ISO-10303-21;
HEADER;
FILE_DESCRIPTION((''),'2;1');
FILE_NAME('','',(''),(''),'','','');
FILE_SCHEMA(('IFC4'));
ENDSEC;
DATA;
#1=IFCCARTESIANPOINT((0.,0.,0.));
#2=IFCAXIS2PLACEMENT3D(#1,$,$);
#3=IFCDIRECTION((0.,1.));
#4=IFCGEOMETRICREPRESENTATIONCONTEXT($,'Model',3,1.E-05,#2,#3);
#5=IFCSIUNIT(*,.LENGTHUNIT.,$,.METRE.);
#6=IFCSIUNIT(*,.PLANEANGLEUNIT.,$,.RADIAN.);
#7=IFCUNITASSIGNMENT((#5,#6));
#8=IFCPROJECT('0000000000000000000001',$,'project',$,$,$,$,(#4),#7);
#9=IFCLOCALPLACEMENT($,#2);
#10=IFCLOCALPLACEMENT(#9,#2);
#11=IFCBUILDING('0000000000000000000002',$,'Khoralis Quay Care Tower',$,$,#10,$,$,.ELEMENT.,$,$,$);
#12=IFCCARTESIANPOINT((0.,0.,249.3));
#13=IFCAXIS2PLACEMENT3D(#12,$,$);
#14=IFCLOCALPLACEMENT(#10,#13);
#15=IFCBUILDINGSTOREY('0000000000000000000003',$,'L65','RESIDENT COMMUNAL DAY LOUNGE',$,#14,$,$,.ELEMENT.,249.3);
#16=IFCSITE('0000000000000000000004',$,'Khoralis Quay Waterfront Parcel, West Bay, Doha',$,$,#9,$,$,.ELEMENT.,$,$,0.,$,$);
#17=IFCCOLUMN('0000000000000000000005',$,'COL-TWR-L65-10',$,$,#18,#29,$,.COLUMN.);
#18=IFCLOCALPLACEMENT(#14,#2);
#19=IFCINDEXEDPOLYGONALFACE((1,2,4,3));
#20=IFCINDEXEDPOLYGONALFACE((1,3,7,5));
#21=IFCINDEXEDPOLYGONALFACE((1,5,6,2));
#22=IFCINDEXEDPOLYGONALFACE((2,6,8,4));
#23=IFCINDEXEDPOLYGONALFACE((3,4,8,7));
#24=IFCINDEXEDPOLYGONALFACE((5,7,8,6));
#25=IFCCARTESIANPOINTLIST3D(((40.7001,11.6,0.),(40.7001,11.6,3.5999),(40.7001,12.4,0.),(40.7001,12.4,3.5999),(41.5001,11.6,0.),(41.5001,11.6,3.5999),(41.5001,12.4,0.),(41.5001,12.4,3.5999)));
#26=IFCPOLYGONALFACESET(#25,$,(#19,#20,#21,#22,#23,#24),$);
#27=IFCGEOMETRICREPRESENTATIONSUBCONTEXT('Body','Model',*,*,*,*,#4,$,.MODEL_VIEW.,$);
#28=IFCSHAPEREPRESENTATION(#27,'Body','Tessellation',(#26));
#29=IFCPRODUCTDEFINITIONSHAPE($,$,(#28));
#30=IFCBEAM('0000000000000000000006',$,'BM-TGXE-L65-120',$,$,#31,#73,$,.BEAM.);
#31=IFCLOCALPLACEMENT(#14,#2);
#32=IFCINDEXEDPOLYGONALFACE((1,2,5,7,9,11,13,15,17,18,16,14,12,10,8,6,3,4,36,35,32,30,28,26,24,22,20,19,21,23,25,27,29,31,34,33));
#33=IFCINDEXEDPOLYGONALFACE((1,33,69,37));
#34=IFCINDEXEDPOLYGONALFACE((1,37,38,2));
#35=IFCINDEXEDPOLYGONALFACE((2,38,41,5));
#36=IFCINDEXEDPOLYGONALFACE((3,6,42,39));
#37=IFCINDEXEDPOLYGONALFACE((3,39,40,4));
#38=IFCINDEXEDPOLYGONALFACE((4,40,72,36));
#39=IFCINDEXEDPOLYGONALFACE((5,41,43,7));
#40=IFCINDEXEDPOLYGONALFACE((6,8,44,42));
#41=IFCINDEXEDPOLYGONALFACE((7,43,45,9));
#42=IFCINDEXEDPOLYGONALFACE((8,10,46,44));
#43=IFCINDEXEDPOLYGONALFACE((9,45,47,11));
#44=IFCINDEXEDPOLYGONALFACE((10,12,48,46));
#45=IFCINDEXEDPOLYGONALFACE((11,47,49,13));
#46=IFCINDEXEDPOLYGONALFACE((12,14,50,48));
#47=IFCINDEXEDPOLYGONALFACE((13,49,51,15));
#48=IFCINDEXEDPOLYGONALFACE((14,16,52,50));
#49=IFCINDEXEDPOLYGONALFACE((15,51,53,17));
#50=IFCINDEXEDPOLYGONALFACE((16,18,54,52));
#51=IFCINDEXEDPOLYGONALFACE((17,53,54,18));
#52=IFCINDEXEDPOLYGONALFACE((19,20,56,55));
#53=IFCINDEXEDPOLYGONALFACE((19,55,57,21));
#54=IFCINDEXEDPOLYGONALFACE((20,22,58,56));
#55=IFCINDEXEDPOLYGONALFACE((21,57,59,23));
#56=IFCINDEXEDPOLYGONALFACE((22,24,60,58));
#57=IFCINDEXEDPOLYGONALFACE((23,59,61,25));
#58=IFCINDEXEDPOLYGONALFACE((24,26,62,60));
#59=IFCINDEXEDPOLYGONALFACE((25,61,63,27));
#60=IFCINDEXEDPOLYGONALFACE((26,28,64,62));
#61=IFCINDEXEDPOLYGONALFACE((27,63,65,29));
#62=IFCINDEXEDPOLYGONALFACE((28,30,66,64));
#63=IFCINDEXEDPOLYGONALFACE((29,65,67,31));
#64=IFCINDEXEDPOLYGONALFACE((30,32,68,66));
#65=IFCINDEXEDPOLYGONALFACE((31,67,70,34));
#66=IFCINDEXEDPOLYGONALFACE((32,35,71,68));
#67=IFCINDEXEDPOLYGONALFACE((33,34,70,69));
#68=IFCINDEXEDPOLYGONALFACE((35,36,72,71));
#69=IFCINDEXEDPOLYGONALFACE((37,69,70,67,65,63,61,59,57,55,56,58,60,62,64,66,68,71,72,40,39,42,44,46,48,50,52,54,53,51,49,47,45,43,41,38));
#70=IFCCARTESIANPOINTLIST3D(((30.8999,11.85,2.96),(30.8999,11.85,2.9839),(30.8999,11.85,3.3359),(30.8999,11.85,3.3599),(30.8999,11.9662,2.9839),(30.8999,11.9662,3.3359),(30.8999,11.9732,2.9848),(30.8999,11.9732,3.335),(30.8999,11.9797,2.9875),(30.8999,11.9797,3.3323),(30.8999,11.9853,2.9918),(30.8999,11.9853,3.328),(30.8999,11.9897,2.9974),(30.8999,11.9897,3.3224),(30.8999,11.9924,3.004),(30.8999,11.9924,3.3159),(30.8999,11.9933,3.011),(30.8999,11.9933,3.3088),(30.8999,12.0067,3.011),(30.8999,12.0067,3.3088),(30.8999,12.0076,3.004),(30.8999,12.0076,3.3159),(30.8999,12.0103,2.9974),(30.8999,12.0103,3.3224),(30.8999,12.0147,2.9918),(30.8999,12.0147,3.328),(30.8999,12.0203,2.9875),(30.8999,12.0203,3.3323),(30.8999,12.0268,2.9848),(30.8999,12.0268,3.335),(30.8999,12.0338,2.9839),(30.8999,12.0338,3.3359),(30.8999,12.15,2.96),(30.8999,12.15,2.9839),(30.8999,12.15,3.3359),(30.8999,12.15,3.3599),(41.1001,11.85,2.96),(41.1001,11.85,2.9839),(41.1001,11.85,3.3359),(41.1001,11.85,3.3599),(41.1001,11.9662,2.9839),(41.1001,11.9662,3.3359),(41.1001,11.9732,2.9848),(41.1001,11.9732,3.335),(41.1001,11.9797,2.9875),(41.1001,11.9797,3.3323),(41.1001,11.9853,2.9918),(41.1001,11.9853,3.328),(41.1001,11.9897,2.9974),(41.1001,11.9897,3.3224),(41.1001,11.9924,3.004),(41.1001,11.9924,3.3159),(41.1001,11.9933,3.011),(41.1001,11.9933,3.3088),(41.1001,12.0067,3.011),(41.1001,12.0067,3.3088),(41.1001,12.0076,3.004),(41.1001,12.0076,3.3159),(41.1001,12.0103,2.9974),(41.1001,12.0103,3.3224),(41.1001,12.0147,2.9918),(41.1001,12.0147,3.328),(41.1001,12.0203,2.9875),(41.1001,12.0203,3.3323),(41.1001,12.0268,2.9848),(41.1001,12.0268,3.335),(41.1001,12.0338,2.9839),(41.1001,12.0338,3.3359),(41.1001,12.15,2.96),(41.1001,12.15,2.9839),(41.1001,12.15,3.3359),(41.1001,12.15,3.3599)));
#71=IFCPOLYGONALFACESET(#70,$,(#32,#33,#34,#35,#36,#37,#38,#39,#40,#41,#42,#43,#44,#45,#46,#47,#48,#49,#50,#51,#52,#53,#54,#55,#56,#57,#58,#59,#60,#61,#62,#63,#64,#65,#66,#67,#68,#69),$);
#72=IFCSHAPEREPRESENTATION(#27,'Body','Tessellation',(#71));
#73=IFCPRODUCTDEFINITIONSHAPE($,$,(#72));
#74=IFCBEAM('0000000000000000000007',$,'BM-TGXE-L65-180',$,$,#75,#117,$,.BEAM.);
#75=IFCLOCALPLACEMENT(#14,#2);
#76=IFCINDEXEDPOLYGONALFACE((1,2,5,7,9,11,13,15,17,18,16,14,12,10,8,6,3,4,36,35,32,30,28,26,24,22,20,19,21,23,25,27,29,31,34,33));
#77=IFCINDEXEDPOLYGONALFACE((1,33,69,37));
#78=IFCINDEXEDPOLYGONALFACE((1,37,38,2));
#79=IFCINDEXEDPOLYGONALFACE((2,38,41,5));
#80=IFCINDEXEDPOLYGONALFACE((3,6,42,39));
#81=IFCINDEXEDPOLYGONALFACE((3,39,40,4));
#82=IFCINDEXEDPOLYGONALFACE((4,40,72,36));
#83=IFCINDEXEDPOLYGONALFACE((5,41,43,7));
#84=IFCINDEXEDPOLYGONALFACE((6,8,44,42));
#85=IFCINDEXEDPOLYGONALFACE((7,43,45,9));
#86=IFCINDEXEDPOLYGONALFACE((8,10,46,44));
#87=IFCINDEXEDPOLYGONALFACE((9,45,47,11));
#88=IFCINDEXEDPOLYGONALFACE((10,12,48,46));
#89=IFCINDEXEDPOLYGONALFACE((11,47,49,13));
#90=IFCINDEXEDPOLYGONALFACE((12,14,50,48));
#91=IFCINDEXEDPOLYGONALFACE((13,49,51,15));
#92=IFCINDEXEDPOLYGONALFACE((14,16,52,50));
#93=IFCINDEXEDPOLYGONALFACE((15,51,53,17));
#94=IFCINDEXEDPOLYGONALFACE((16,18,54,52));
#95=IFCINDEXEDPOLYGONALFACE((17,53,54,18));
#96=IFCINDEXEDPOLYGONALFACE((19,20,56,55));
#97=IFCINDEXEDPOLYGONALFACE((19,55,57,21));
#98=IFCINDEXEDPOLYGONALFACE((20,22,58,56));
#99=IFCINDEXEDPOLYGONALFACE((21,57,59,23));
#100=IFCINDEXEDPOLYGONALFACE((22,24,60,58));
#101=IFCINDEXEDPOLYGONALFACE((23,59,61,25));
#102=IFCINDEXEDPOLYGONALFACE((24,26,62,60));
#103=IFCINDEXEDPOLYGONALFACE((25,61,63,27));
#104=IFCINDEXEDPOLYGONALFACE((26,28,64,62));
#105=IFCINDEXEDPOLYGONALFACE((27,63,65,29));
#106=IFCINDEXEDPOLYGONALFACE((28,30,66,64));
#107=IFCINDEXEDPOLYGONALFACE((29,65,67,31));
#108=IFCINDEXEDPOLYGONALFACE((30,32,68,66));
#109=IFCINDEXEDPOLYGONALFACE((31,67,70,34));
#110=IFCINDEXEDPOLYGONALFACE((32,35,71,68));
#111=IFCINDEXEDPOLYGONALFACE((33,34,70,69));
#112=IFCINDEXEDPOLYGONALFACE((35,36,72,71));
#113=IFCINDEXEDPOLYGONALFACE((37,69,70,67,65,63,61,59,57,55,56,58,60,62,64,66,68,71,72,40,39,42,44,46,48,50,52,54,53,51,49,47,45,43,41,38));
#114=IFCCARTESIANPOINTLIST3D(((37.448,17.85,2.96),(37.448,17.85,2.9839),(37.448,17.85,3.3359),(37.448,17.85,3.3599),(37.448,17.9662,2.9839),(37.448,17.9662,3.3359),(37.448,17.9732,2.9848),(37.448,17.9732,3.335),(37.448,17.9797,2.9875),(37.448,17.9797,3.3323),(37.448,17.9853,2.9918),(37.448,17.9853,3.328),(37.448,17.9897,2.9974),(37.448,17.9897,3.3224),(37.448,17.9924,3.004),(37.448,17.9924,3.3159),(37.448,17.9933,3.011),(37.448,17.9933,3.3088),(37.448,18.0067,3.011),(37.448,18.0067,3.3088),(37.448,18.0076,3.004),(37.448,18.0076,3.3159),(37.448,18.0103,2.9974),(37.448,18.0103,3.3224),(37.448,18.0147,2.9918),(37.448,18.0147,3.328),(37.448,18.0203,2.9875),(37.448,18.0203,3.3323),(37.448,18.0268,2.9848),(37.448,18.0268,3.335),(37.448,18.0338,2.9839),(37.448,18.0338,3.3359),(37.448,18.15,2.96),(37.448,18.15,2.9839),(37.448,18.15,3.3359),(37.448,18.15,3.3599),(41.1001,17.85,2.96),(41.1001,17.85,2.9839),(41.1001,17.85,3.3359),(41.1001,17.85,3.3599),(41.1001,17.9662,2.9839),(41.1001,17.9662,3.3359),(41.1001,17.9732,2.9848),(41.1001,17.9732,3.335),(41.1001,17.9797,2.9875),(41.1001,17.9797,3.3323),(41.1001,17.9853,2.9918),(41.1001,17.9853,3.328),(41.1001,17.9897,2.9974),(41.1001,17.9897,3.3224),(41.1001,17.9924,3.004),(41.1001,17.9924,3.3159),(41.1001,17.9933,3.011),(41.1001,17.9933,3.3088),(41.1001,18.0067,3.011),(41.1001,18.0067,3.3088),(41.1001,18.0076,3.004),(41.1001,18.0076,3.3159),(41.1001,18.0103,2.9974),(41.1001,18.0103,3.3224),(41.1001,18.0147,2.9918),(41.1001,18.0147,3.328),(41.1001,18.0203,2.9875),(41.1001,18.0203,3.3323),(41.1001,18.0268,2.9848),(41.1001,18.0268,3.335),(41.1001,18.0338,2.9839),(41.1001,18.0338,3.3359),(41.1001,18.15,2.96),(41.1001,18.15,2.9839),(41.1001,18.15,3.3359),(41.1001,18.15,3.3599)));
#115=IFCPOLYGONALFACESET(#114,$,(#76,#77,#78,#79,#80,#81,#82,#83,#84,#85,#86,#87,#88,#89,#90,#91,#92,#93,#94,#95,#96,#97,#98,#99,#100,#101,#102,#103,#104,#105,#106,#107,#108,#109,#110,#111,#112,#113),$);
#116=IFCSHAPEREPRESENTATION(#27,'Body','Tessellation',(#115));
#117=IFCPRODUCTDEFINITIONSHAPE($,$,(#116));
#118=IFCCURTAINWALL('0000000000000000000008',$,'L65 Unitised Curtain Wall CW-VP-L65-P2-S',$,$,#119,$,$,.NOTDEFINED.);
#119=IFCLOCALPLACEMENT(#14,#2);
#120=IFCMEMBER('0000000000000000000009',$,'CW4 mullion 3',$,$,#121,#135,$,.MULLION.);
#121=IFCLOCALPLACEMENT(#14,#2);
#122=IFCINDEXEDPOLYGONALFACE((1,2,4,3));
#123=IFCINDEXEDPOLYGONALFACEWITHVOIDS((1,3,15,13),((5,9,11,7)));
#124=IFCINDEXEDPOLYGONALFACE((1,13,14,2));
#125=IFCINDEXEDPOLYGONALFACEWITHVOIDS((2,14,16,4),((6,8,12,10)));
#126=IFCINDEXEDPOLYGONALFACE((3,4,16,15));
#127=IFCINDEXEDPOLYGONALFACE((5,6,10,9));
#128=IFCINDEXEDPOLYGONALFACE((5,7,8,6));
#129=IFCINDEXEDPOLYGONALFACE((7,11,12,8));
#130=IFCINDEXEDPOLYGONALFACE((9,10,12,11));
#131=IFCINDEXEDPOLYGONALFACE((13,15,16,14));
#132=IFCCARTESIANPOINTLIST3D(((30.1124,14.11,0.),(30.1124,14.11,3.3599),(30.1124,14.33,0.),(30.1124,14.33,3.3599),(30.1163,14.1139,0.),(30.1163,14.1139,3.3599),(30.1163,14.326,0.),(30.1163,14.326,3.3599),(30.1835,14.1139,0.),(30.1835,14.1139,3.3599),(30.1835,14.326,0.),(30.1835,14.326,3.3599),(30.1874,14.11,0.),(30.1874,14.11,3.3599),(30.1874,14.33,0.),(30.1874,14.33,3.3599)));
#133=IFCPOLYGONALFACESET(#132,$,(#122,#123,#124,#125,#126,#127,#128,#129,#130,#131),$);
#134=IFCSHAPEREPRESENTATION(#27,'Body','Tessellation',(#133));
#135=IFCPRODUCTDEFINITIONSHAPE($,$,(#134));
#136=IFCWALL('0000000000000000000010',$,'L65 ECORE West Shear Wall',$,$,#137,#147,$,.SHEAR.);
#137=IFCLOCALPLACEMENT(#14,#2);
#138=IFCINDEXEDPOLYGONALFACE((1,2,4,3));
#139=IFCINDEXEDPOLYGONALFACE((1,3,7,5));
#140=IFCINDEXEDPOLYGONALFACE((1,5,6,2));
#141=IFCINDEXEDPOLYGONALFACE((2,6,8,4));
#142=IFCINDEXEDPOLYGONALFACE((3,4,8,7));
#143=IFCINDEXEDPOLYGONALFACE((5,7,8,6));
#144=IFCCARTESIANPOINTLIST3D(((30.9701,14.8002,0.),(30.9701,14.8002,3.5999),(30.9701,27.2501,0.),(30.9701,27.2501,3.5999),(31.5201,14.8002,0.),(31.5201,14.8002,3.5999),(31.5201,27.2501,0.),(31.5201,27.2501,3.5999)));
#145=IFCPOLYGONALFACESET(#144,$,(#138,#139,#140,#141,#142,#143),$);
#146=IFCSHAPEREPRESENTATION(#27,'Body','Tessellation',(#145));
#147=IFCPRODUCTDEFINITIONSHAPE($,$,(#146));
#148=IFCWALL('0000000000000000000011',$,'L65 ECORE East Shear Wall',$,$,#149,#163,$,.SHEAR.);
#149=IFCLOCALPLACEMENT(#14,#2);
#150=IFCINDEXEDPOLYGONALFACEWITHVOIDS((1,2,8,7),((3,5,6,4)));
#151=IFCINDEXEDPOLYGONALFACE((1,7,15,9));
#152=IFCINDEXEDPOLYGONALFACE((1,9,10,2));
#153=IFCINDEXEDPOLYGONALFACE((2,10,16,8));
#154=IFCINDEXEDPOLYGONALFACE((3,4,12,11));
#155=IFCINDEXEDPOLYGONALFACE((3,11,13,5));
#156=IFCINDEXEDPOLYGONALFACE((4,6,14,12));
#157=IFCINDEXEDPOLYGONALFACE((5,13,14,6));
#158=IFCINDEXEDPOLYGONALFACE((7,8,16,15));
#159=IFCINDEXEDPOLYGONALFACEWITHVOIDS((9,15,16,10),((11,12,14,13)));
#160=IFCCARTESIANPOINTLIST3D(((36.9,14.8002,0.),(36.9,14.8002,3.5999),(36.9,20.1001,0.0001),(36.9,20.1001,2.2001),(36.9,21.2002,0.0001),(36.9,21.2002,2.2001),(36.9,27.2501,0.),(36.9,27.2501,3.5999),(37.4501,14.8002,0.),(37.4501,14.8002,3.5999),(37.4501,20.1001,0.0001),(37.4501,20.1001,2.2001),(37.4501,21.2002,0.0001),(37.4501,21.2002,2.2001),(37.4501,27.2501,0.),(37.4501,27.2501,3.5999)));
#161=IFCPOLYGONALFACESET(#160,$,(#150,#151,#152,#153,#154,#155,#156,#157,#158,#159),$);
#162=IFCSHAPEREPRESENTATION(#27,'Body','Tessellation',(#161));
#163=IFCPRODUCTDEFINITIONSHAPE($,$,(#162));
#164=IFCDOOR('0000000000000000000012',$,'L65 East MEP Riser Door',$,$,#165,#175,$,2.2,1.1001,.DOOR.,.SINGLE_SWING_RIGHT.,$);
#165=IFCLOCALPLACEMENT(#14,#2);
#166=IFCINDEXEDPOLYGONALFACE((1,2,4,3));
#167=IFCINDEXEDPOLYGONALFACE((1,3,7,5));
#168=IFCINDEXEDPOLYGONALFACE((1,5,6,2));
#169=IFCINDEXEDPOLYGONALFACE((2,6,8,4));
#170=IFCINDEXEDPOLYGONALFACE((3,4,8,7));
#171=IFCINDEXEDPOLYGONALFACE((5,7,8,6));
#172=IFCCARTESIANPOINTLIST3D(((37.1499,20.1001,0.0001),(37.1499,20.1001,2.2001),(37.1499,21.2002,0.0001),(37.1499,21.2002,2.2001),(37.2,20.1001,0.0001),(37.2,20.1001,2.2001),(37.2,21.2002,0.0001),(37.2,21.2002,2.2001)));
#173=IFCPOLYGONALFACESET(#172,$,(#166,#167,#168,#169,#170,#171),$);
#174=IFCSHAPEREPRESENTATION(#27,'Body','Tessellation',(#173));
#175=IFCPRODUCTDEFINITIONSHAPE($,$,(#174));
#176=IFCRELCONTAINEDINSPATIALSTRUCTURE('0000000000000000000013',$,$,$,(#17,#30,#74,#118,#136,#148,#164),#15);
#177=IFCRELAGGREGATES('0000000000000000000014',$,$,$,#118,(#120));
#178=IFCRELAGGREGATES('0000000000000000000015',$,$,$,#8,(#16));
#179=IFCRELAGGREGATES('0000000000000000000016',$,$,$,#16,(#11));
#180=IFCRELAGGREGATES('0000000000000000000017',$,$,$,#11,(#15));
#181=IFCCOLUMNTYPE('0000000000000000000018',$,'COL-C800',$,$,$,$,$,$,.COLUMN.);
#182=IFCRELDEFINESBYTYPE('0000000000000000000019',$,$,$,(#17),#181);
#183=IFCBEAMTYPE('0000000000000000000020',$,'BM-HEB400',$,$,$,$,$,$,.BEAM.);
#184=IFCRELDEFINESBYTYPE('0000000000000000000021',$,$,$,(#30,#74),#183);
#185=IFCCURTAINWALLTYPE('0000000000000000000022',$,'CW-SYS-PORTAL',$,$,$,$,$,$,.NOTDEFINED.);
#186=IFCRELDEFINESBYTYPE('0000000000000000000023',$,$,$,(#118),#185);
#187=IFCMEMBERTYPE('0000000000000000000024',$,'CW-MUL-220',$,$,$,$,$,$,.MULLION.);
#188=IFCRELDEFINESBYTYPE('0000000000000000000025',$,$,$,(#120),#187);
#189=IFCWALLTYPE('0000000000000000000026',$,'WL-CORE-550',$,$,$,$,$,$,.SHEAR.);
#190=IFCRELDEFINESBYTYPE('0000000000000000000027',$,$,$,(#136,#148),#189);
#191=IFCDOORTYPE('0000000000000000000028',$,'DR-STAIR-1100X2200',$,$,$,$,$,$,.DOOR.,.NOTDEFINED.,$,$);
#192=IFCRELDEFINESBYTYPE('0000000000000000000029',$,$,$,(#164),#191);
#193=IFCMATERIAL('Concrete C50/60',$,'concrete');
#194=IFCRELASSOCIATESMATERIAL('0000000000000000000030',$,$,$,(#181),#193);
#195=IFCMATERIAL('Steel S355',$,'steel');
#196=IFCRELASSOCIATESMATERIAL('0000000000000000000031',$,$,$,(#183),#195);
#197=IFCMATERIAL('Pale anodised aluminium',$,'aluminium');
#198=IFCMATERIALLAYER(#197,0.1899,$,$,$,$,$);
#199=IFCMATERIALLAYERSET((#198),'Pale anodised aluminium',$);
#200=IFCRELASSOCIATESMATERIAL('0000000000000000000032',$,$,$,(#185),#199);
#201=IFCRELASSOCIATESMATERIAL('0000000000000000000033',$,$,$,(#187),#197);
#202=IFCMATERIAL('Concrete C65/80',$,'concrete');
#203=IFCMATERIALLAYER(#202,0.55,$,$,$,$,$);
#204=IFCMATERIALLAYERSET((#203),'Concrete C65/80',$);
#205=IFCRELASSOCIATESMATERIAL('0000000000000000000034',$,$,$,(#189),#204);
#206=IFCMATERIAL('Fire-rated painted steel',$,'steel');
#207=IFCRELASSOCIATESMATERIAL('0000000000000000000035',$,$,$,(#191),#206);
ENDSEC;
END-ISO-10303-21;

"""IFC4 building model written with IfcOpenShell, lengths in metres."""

from ifc_helpers import new_model, si_unit, direction, frame, frame_2d, origin, origin_2d, place, context, subcontext, project, spatial, rectangle, hollow_rectangle, i_section, extrude, source, transform, mapped, material, layer, layer_set, material_profile, profile_set, type_object, element, fill, aggregate, save


model = new_model("IFC4")

# Units and contexts
model_context = context("Model", 3, precision=1e-05, world=origin(), true_north=direction((0.0, 1.0)))
body_context = subcontext(model_context, "Body", "Model", "MODEL_VIEW")
ifc_project = project(units=[si_unit("LENGTHUNIT", "METRE"), si_unit("PLANEANGLEUNIT", "RADIAN")], contexts=[model_context])

# Site, building, storey
site_placement = place(None, origin())
site = spatial("IfcSite", under=ifc_project, at=site_placement, Name="Khoralis Quay Waterfront Parcel, West Bay, Doha", CompositionType="ELEMENT", RefElevation=0.0)
building_placement = place(site_placement, origin())
building = spatial("IfcBuilding", under=site, at=building_placement, Name="Khoralis Quay Care Tower", CompositionType="ELEMENT")
storey_placement = place(building_placement, frame((0.0, 0.0, 249.3)))
storey = spatial("IfcBuildingStorey", under=building, at=storey_placement, Name="L65", Description="RESIDENT COMMUNAL DAY LOUNGE", CompositionType="ELEMENT", Elevation=249.3)

# Column
ifc_material_1 = material(Name="Concrete C50/60", Category="concrete")
ifc_material_profile_1 = material_profile(ifc_material_1, rectangle(XDim=0.8, YDim=0.8, at=origin_2d()), Name="Concrete C50/60")
ifc_profile_set_1 = profile_set([ifc_material_profile_1], Name="Concrete C50/60")
column_type = type_object("IfcColumnType", Name="COL-C800", PredefinedType="COLUMN", material=ifc_profile_set_1)
shared_shape_1 = source(origin(), body_context, "Body", "SweptSolid", [
    extrude(rectangle(XDim=0.8, YDim=0.8, at=origin_2d()), origin(), (0.0, 0.0, 1.0), 3.5999),
])
column_placement = place(storey_placement, frame((41.1001, 12.0, 0.0), z_axis=(0.0, 0.0, 1.0), x_axis=(1.0, 0.0, 0.0)))
element("IfcColumn", 1, at=column_placement, inside=storey, type_object=column_type, Name="COL-TWR-L65-10", PredefinedType="COLUMN", context=body_context, shape_type="MappedRepresentation", body=[
    mapped(shared_shape_1, transform((0.0, 0.0, 0.0), scale=1.0)),
])

# Beams
ifc_material_2 = material(Name="Steel S355", Category="steel")
ifc_material_profile_2 = material_profile(ifc_material_2, i_section(OverallWidth=0.3, OverallDepth=0.3999, WebThickness=0.0134, FlangeThickness=0.0239, FilletRadius=0.0271, at=origin_2d()), Name="Steel S355")
ifc_profile_set_2 = profile_set([ifc_material_profile_2], Name="Steel S355")
beam_type = type_object("IfcBeamType", Name="BM-HEB400", PredefinedType="BEAM", material=ifc_profile_set_2)
shared_shape_2 = source(origin(), body_context, "Body", "SweptSolid", [
    extrude(i_section(OverallWidth=0.3, OverallDepth=0.3999, WebThickness=0.0134, FlangeThickness=0.0239, FilletRadius=0.0271, at=origin_2d()), origin(), (0.0, 0.0, 1.0), 10.2002),
])
beam_1_placement = place(storey_placement, frame((30.8999, 12.0, 3.1599), z_axis=(1.0, 0.0, 0.0), x_axis=(0.0, 1.0, 0.0)))
element("IfcBeam", 2, at=beam_1_placement, inside=storey, type_object=beam_type, Name="BM-TGXE-L65-120", PredefinedType="BEAM", context=body_context, shape_type="MappedRepresentation", body=[
    mapped(shared_shape_2, transform((0.0, 0.0, 0.0), scale=1.0)),
])
shared_shape_3 = source(origin(), body_context, "Body", "SweptSolid", [
    extrude(i_section(OverallWidth=0.3, OverallDepth=0.3999, WebThickness=0.0134, FlangeThickness=0.0239, FilletRadius=0.0271, at=origin_2d()), origin(), (0.0, 0.0, 1.0), 3.6521),
])
beam_2_placement = place(storey_placement, frame((37.448, 18.0, 3.1599), z_axis=(1.0, 0.0, 0.0), x_axis=(0.0, 1.0, 0.0)))
element("IfcBeam", 3, at=beam_2_placement, inside=storey, type_object=beam_type, Name="BM-TGXE-L65-180", PredefinedType="BEAM", context=body_context, shape_type="MappedRepresentation", body=[
    mapped(shared_shape_3, transform((0.0, 0.0, 0.0), scale=1.0)),
])

# Curtain wall, member
ifc_material_3 = material(Name="Pale anodised aluminium", Category="aluminium")
ifc_layer_1 = layer(ifc_material_3, 0.1899)
ifc_layer_set_1 = layer_set([ifc_layer_1], Name="Pale anodised aluminium")
curtain_wall_type = type_object("IfcCurtainWallType", Name="CW-SYS-PORTAL", PredefinedType="NOTDEFINED", material=ifc_layer_set_1)
curtain_wall_placement = place(storey_placement, origin())
curtain_wall = element("IfcCurtainWall", 4, at=curtain_wall_placement, inside=storey, type_object=curtain_wall_type, Name="L65 Unitised Curtain Wall CW-VP-L65-P2-S", PredefinedType="NOTDEFINED")
ifc_material_profile_3 = material_profile(ifc_material_3, hollow_rectangle(XDim=0.075, YDim=0.22, WallThickness=0.0039, at=origin_2d()), Name="Pale anodised aluminium")
ifc_profile_set_3 = profile_set([ifc_material_profile_3], Name="Pale anodised aluminium")
member_type = type_object("IfcMemberType", Name="CW-MUL-220", PredefinedType="MULLION", material=ifc_profile_set_3)
shared_shape_4 = source(origin(), body_context, "Body", "SweptSolid", [
    extrude(hollow_rectangle(XDim=0.075, YDim=0.22, WallThickness=0.0039, at=origin_2d()), origin(), (0.0, 0.0, 1.0), 3.3599),
])
member_placement = place(storey_placement, frame((30.1499, 14.22, 0.0), z_axis=(0.0, 0.0, 1.0), x_axis=(-1.0, 0.0, 0.0)))
member = element("IfcMember", 5, at=member_placement, type_object=member_type, Name="CW4 mullion 3", PredefinedType="MULLION", context=body_context, shape_type="MappedRepresentation", body=[
    mapped(shared_shape_4, transform((0.0, 0.0, 0.0), scale=1.0)),
])
aggregate(curtain_wall, [member])

# Wall
ifc_material_4 = material(Name="Concrete C65/80", Category="concrete")
ifc_layer_2 = layer(ifc_material_4, 0.55)
ifc_layer_set_2 = layer_set([ifc_layer_2], Name="Concrete C65/80")
wall_type_1 = type_object("IfcWallType", Name="WL-CORE-550", PredefinedType="SHEAR", material=ifc_layer_set_2)
wall_1_placement = place(storey_placement, frame((31.2451, 14.8, 0.0), z_axis=(0.0, 0.0, 1.0), x_axis=(0.0, 1.0, 0.0)))
element("IfcWall", 6, at=wall_1_placement, inside=storey, type_object=wall_type_1, Name="L65 ECORE West Shear Wall", PredefinedType="SHEAR", context=body_context, shape_type="SweptSolid", body=[
    extrude(rectangle(XDim=12.45, YDim=0.55, at=frame_2d((6.2251, 0.0))), origin(), (0.0, 0.0, 1.0), 3.5999),
])

# Wall, opening, door
wall_2_placement = place(storey_placement, frame((37.175, 14.8, 0.0), z_axis=(0.0, 0.0, 1.0), x_axis=(0.0, 1.0, 0.0)))
wall_2 = element("IfcWall", 7, at=wall_2_placement, inside=storey, type_object=wall_type_1, Name="L65 ECORE East Shear Wall", PredefinedType="SHEAR", context=body_context, shape_type="SweptSolid", body=[
    extrude(rectangle(XDim=12.45, YDim=0.55, at=frame_2d((6.2251, 0.0))), origin(), (0.0, 0.0, 1.0), 3.5999),
])
opening_1_placement = place(wall_2_placement, frame((5.3, 0.0, 0.0)))
opening_1 = element("IfcOpeningElement", 8, at=opening_1_placement, cuts=wall_2, PredefinedType="OPENING", context=body_context, shape_type="SweptSolid", body=[
    extrude(rectangle(XDim=1.1001, YDim=2.2, at=frame_2d((0.55, 1.1001))), frame((0.0, 0.2852, 0.0), z_axis=(0.0, -1.0, 0.0), x_axis=(1.0, 0.0, 0.0)), (0.0, 0.0, 1.0), 0.5701),
])
ifc_material_5 = material(Name="Fire-rated painted steel", Category="steel")
door_type_1 = type_object("IfcDoorType", Name="DR-STAIR-1100X2200", OperationType="NOTDEFINED", PredefinedType="DOOR", material=ifc_material_5)
shared_shape_5 = source(origin(), body_context, "Body", "SweptSolid", [
    extrude(rectangle(XDim=1.1001, YDim=2.2, at=frame_2d((0.55, 1.1001))), frame((0.0, 0.0249, 0.0), z_axis=(0.0, -1.0, 0.0), x_axis=(1.0, 0.0, 0.0)), (0.0, 0.0, 1.0), 0.05),
])
door_1_placement = place(opening_1_placement, frame((1.1001, 0.0, 0.0), z_axis=(0.0, 0.0, 1.0), x_axis=(-1.0, 0.0, 0.0)))
door_1 = element("IfcDoor", 9, at=door_1_placement, inside=storey, type_object=door_type_1, Name="L65 East MEP Riser Door", OperationType="SINGLE_SWING_RIGHT", OverallHeight=2.2, OverallWidth=1.1001, PredefinedType="DOOR", context=body_context, shape_type="MappedRepresentation", body=[
    mapped(shared_shape_5, transform((0.0, 0.0, 0.0), scale=1.0)),
])
fill(opening_1, door_1)

save(model, "model.ifc")
